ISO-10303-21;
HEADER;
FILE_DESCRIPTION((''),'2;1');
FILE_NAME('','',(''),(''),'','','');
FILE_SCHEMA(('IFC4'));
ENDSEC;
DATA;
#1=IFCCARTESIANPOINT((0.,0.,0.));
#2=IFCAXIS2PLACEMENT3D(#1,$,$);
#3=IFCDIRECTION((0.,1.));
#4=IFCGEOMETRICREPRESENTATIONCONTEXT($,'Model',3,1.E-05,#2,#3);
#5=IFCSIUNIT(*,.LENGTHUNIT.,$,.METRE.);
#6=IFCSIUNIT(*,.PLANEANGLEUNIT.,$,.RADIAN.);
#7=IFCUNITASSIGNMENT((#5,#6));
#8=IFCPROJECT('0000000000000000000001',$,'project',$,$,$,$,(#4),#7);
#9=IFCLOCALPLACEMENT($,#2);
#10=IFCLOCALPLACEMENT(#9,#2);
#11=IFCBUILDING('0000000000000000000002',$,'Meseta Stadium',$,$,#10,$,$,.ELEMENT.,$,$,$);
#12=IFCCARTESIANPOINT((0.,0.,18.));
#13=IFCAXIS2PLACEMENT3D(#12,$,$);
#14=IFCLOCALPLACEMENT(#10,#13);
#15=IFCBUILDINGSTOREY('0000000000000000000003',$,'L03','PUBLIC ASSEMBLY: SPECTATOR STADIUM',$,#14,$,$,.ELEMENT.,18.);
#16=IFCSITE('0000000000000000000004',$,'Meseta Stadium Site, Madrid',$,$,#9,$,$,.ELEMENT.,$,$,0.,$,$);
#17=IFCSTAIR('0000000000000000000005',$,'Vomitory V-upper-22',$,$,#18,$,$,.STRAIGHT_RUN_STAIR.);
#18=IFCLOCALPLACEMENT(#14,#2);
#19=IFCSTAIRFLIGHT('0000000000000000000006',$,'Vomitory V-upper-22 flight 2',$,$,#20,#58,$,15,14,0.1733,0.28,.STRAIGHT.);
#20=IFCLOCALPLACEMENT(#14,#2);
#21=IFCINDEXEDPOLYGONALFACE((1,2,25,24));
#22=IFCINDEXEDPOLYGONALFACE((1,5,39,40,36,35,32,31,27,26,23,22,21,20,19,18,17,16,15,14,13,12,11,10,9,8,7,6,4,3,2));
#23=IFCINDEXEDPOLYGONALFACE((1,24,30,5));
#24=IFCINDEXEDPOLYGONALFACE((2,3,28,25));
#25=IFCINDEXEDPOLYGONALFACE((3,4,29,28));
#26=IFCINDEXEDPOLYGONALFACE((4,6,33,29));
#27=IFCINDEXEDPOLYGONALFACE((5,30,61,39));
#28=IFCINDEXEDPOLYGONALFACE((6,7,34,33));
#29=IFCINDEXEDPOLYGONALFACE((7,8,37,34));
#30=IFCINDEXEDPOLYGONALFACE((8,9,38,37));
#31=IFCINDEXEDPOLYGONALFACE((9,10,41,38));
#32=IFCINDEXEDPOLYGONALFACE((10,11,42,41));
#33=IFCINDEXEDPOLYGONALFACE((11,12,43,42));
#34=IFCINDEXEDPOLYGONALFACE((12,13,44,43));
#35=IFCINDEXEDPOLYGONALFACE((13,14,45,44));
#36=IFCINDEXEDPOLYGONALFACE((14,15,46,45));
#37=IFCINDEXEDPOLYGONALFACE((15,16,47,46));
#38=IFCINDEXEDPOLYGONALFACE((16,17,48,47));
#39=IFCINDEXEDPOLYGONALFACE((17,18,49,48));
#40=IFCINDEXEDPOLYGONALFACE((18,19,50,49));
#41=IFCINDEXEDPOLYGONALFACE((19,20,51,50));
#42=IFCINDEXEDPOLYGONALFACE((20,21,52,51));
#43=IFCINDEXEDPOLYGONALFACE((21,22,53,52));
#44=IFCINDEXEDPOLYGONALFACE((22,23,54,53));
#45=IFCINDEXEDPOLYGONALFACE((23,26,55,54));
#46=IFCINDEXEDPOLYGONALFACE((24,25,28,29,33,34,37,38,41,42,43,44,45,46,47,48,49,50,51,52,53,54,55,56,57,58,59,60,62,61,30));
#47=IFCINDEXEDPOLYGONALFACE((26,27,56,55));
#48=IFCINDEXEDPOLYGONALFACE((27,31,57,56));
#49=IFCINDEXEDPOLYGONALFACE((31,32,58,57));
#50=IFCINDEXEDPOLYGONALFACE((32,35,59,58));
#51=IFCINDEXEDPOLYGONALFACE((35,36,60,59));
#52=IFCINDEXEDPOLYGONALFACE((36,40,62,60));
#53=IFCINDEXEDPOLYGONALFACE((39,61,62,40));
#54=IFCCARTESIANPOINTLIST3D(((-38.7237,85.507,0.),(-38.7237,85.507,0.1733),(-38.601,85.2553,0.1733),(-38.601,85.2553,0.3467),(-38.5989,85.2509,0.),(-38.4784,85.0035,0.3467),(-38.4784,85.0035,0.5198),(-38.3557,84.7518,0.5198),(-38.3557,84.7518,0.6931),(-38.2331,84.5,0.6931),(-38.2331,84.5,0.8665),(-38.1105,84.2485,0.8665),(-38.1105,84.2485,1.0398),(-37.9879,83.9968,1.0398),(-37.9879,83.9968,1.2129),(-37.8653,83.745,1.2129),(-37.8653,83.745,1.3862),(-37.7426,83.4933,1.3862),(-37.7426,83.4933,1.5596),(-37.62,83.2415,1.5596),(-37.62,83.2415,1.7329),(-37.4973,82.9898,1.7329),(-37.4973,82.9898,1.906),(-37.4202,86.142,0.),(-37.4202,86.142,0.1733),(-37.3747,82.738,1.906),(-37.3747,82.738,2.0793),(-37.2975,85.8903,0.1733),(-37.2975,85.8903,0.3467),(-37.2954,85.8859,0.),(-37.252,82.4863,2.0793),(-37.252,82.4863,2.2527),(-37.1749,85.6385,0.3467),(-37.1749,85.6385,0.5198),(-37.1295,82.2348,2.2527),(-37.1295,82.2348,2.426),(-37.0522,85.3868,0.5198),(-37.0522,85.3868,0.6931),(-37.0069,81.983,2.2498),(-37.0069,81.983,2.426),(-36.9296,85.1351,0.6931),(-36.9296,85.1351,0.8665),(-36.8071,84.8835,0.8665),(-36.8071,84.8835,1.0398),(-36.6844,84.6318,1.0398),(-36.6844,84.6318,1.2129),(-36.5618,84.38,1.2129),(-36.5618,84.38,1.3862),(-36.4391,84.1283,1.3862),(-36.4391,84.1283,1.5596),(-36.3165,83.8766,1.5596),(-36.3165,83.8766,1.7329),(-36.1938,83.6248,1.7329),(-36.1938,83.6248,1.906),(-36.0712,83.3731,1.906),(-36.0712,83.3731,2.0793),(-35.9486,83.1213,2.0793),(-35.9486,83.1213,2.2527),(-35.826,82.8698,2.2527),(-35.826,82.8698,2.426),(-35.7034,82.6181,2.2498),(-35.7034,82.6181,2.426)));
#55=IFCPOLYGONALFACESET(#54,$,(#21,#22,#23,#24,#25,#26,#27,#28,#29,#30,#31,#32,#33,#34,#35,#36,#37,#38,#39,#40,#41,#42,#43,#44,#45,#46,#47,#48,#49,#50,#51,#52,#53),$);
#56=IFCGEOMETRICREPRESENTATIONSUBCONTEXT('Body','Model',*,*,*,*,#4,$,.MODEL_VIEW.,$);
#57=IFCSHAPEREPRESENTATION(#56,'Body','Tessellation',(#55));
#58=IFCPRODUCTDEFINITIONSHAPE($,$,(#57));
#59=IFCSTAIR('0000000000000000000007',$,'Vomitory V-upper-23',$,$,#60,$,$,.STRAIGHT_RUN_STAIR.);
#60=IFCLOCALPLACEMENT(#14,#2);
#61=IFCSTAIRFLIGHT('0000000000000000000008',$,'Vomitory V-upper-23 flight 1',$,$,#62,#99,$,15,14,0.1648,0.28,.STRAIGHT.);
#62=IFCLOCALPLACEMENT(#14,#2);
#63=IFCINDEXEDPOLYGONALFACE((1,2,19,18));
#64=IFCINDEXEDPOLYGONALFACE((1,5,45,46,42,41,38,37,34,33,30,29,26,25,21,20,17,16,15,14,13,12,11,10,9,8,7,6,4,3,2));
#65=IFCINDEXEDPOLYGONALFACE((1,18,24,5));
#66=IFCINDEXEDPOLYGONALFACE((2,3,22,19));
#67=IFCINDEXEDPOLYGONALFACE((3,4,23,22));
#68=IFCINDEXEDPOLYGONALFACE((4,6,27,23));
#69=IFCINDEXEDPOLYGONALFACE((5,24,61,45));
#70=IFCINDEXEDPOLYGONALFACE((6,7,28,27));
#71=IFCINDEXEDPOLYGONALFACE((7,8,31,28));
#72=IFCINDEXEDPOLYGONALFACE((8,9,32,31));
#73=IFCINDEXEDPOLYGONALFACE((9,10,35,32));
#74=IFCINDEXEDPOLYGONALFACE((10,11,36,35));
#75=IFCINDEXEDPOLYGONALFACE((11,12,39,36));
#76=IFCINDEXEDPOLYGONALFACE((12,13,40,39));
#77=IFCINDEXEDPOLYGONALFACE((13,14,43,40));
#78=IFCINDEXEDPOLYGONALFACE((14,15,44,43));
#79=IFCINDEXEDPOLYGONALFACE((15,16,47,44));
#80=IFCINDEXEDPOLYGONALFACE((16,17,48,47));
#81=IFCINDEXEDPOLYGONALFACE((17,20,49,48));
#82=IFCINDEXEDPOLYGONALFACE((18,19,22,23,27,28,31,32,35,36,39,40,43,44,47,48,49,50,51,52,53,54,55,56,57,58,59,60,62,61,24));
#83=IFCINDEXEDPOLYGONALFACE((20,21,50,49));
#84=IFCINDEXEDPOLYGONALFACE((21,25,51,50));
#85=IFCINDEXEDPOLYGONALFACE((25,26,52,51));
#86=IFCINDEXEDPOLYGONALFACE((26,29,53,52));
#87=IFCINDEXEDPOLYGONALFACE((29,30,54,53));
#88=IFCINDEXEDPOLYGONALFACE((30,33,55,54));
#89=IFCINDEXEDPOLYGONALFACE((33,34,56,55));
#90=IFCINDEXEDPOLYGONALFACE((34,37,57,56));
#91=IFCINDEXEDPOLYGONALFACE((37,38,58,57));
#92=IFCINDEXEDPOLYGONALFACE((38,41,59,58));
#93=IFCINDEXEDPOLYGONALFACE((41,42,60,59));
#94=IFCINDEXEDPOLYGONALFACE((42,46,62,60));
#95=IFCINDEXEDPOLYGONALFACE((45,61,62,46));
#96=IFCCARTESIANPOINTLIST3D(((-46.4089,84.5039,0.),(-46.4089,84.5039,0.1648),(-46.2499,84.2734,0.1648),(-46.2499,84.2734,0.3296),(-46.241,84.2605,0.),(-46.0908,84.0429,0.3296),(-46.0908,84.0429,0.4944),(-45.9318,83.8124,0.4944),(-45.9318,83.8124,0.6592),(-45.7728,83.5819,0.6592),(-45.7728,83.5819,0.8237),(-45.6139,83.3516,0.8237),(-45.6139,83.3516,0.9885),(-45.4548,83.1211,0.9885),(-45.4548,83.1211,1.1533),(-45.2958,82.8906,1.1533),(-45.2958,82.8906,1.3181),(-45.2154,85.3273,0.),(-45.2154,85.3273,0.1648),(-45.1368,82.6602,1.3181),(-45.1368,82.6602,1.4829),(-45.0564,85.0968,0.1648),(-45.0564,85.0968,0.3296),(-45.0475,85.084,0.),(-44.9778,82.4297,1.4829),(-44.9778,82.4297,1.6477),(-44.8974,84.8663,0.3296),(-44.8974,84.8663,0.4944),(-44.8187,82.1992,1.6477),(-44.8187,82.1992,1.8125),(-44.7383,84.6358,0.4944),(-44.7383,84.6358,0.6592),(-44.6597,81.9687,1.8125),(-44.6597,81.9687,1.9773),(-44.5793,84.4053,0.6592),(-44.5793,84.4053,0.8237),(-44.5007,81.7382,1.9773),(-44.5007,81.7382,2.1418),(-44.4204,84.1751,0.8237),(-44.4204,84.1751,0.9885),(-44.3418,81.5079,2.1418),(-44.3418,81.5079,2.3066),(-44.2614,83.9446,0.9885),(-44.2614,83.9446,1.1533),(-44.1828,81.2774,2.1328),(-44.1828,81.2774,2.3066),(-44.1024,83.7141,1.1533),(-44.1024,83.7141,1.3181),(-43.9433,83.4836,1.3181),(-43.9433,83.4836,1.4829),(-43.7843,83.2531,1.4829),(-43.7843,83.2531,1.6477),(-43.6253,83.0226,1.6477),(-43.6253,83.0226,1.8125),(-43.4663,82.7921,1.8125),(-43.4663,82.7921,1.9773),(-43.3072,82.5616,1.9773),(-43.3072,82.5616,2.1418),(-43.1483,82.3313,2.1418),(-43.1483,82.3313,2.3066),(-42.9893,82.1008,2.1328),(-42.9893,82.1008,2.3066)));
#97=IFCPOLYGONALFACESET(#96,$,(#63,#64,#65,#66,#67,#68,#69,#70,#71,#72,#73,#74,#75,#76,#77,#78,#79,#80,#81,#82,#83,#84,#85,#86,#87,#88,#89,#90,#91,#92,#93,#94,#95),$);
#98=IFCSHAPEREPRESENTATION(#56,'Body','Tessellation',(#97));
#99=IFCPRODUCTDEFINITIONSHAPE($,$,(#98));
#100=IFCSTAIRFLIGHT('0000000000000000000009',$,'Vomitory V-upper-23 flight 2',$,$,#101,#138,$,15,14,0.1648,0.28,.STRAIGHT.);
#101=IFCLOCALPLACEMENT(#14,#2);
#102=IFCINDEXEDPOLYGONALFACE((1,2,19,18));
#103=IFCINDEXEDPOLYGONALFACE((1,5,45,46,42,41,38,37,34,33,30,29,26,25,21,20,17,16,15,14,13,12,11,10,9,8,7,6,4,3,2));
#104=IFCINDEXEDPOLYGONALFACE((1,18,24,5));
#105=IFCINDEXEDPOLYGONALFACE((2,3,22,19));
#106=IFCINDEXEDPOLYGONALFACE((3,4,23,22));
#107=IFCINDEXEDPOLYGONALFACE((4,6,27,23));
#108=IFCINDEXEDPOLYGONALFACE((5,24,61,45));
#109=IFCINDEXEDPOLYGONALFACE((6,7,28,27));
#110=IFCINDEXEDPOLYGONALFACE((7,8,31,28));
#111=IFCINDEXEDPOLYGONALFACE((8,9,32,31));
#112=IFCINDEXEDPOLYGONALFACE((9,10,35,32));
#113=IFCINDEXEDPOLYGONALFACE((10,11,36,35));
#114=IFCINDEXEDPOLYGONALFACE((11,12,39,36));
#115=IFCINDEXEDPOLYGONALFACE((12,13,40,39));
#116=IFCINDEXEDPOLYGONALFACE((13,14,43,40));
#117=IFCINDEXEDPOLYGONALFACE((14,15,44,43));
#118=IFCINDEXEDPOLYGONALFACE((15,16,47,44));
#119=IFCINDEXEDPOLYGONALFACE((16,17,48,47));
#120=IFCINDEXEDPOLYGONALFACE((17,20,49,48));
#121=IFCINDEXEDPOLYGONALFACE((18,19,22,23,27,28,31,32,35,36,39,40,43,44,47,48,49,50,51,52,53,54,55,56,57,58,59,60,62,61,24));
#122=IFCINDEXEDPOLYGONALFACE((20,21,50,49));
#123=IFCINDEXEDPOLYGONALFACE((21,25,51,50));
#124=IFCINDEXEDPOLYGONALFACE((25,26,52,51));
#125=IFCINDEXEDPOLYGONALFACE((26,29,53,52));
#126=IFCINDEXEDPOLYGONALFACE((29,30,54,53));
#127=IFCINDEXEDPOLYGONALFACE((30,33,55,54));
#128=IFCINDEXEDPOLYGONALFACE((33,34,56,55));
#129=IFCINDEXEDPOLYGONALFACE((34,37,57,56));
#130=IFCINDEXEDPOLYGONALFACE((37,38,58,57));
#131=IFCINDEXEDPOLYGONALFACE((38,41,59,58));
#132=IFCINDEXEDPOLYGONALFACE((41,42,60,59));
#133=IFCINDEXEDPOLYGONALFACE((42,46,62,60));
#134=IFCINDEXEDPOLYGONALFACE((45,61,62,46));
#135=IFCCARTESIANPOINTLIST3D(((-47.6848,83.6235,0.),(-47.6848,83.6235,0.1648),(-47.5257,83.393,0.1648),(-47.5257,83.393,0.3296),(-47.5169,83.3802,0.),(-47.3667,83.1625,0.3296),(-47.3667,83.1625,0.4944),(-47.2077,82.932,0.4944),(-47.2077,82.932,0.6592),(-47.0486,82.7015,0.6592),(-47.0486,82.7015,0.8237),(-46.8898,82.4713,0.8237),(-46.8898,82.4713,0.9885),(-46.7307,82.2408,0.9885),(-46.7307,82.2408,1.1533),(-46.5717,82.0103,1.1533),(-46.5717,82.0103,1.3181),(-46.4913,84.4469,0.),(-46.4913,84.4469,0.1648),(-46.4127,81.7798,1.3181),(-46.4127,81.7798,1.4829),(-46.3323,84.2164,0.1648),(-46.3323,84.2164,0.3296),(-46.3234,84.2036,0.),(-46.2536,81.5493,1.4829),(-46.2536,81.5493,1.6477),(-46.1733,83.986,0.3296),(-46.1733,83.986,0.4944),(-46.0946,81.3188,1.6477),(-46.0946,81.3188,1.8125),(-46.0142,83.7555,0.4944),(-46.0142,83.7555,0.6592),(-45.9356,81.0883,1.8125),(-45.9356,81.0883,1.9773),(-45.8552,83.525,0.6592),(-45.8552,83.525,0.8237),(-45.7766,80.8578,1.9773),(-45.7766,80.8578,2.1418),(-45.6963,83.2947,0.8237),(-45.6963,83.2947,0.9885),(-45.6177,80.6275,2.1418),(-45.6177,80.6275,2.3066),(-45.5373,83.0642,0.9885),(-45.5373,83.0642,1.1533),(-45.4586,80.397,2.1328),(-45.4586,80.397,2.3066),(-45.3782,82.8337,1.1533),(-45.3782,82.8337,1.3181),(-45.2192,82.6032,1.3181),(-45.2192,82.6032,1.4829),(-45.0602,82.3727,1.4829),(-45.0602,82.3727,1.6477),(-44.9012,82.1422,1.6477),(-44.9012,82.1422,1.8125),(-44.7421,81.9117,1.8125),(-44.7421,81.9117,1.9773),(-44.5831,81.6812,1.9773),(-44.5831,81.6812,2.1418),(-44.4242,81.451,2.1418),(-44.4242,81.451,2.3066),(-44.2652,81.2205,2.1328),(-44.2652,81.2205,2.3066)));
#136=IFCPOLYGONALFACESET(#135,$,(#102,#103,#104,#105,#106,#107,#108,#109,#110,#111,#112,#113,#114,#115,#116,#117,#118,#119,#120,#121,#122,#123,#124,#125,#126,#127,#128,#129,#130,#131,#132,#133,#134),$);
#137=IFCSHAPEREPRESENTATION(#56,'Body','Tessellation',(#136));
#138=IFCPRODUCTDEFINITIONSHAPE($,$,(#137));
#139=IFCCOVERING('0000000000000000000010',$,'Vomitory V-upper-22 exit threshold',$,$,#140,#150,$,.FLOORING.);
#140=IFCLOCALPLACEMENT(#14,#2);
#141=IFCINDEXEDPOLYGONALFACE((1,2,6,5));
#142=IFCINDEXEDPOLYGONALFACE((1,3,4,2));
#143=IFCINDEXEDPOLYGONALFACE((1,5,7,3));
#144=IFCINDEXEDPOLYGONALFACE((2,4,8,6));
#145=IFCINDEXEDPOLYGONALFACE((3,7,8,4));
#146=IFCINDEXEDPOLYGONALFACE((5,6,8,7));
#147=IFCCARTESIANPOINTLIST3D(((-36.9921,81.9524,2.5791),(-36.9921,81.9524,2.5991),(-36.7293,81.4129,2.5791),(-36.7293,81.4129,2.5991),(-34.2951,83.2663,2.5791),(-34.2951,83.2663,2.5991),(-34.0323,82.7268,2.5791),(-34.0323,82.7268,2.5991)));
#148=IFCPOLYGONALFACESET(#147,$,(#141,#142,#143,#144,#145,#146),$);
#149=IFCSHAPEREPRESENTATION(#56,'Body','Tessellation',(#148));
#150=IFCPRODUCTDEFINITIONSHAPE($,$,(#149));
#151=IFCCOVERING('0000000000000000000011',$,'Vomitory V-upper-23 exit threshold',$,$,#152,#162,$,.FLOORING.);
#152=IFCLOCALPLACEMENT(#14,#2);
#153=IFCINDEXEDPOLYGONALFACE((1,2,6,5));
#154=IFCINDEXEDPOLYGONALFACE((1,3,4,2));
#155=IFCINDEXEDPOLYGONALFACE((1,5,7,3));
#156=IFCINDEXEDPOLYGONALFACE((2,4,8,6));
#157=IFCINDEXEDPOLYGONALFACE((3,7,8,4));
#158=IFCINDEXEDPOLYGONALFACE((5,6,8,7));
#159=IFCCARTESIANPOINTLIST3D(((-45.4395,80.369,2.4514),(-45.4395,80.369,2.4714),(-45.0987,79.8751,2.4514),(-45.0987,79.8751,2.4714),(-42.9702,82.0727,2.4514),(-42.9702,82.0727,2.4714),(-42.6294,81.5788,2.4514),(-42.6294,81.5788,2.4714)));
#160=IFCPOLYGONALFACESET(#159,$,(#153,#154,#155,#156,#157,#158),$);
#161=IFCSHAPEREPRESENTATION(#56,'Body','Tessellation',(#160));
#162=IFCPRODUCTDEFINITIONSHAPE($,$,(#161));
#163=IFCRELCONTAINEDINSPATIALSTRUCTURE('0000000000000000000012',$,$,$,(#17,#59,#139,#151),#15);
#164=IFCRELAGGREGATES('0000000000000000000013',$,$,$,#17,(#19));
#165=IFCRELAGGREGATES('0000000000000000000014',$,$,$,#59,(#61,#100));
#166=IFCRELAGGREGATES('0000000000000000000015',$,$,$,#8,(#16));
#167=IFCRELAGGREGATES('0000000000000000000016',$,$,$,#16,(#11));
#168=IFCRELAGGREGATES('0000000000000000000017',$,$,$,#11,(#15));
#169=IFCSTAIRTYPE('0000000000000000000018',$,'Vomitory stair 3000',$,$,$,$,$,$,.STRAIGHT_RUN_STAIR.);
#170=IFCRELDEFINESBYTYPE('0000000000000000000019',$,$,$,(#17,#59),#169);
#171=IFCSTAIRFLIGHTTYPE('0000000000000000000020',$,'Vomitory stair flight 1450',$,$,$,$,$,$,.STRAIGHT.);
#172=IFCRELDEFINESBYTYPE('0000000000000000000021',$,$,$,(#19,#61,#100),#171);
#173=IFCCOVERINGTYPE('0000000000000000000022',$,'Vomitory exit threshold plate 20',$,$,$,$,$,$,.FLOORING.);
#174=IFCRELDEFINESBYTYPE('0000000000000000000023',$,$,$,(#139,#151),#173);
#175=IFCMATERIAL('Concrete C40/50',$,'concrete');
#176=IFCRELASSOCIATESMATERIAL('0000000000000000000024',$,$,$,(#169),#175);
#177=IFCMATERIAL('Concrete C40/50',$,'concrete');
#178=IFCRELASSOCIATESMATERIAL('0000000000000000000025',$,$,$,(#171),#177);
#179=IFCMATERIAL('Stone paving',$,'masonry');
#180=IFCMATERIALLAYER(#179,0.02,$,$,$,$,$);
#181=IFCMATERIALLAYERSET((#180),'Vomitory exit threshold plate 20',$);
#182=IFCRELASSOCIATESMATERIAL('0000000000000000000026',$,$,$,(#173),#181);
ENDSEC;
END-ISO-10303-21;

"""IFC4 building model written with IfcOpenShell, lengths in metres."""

from ifc_helpers import new_model, si_unit, direction, frame, origin, origin_2d, place, context, subcontext, project, spatial, polyline, rectangle, outline, extrude, material, layer, layer_set, type_object, element, aggregate, save


model = new_model("IFC4")

# Units and contexts
model_context = context("Model", 3, precision=1e-05, world=origin(), true_north=direction((0.0, 1.0)))
body_context = subcontext(model_context, "Body", "Model", "MODEL_VIEW")
ifc_project = project(units=[si_unit("LENGTHUNIT", "METRE"), si_unit("PLANEANGLEUNIT", "RADIAN")], contexts=[model_context])

# Site, building, storey
site_placement = place(None, origin())
site = spatial("IfcSite", under=ifc_project, at=site_placement, Name="Meseta Stadium Site, Madrid", CompositionType="ELEMENT", RefElevation=0.0)
building_placement = place(site_placement, origin())
building = spatial("IfcBuilding", under=site, at=building_placement, Name="Meseta Stadium", CompositionType="ELEMENT")
storey_placement = place(building_placement, frame((0.0, 0.0, 18.0)))
storey = spatial("IfcBuildingStorey", under=building, at=storey_placement, Name="L03", Description="PUBLIC ASSEMBLY: SPECTATOR STADIUM", CompositionType="ELEMENT", Elevation=18.0)

# Stair, stair flight
ifc_material_1 = material(Name="Concrete C40/50", Category="concrete")
stair_type = type_object("IfcStairType", Name="Vomitory stair 3000", PredefinedType="STRAIGHT_RUN_STAIR", material=ifc_material_1)
stair_1_placement = place(storey_placement, origin())
stair_1 = element("IfcStair", 1, at=stair_1_placement, inside=storey, type_object=stair_type, Name="Vomitory V-upper-22", PredefinedType="STRAIGHT_RUN_STAIR")
ifc_material_2 = material(Name="Concrete C40/50", Category="concrete")
stair_flight_type = type_object("IfcStairFlightType", Name="Vomitory stair flight 1450", PredefinedType="STRAIGHT", material=ifc_material_2)
stair_flight_1_placement = place(storey_placement, frame((-38.072, 85.8245, 0.0), z_axis=(0.0, 0.0, 1.0), x_axis=(0.437966, -0.898991, 0.0)))
stair_flight_1 = element("IfcStairFlight", 2, at=stair_flight_1_placement, type_object=stair_flight_type, Name="Vomitory V-upper-22 flight 2", NumberOfRisers=15, NumberOfTreads=14, PredefinedType="STRAIGHT", RiserHeight=0.1733, TreadLength=0.28, context=body_context, shape_type="SweptSolid", body=[
    extrude(outline(polyline([(0.0, 0.0), (0.0, 0.1733), (0.28, 0.1733), (0.28, 0.3467), (0.5601, 0.3467), (0.5601, 0.5198), (0.8401, 0.5198), (0.8401, 0.6931), (1.1201, 0.6931), (1.1201, 0.8665), (1.3999, 0.8665), (1.3999, 1.0398), (1.6799, 1.0398), (1.6799, 1.2129), (1.96, 1.2129), (1.96, 1.3862), (2.24, 1.3862), (2.24, 1.5596), (2.52, 1.5596), (2.52, 1.7329), (2.8, 1.7329), (2.8, 1.906), (3.0801, 1.906), (3.0801, 2.0793), (3.3601, 2.0793), (3.3601, 2.2527), (3.6399, 2.2527), (3.6399, 2.426), (3.9199, 2.426), (3.9199, 2.2498), (0.2849, 0.0), (0.0, 0.0)])), frame((0.0, 0.7251, 0.0), z_axis=(0.0, -1.0, 0.0), x_axis=(1.0, 0.0, 0.0)), (0.0, 0.0, 1.0), 1.45),
])
aggregate(stair_1, [stair_flight_1])

# Stair, stair flights
stair_2_placement = place(storey_placement, origin())
stair_2 = element("IfcStair", 3, at=stair_2_placement, inside=storey, type_object=stair_type, Name="Vomitory V-upper-23", PredefinedType="STRAIGHT_RUN_STAIR")
stair_flight_2_placement = place(storey_placement, frame((-45.8123, 84.9155, 0.0), z_axis=(0.0, 0.0, 1.0), x_axis=(0.5679, -0.823098, 0.0)))
stair_flight_2 = element("IfcStairFlight", 4, at=stair_flight_2_placement, type_object=stair_flight_type, Name="Vomitory V-upper-23 flight 1", NumberOfRisers=15, NumberOfTreads=14, PredefinedType="STRAIGHT", RiserHeight=0.1648, TreadLength=0.28, context=body_context, shape_type="SweptSolid", body=[
    extrude(outline(polyline([(0.0, 0.0), (0.0, 0.1648), (0.28, 0.1648), (0.28, 0.3296), (0.5601, 0.3296), (0.5601, 0.4944), (0.8401, 0.4944), (0.8401, 0.6592), (1.1201, 0.6592), (1.1201, 0.8237), (1.3999, 0.8237), (1.3999, 0.9885), (1.6799, 0.9885), (1.6799, 1.1533), (1.96, 1.1533), (1.96, 1.3181), (2.24, 1.3181), (2.24, 1.4829), (2.52, 1.4829), (2.52, 1.6477), (2.8, 1.6477), (2.8, 1.8125), (3.0801, 1.8125), (3.0801, 1.9773), (3.3601, 1.9773), (3.3601, 2.1418), (3.6399, 2.1418), (3.6399, 2.3066), (3.9199, 2.3066), (3.9199, 2.1328), (0.2957, 0.0), (0.0, 0.0)])), frame((0.0, 0.7251, 0.0), z_axis=(0.0, -1.0, 0.0), x_axis=(1.0, 0.0, 0.0)), (0.0, 0.0, 1.0), 1.45),
])
stair_flight_3_placement = place(storey_placement, frame((-47.0881, 84.0352, 0.0), z_axis=(0.0, 0.0, 1.0), x_axis=(0.5679, -0.823098, 0.0)))
stair_flight_3 = element("IfcStairFlight", 5, at=stair_flight_3_placement, type_object=stair_flight_type, Name="Vomitory V-upper-23 flight 2", NumberOfRisers=15, NumberOfTreads=14, PredefinedType="STRAIGHT", RiserHeight=0.1648, TreadLength=0.28, context=body_context, shape_type="SweptSolid", body=[
    extrude(outline(polyline([(0.0, 0.0), (0.0, 0.1648), (0.28, 0.1648), (0.28, 0.3296), (0.5601, 0.3296), (0.5601, 0.4944), (0.8401, 0.4944), (0.8401, 0.6592), (1.1201, 0.6592), (1.1201, 0.8237), (1.3999, 0.8237), (1.3999, 0.9885), (1.6799, 0.9885), (1.6799, 1.1533), (1.96, 1.1533), (1.96, 1.3181), (2.24, 1.3181), (2.24, 1.4829), (2.52, 1.4829), (2.52, 1.6477), (2.8, 1.6477), (2.8, 1.8125), (3.0801, 1.8125), (3.0801, 1.9773), (3.3601, 1.9773), (3.3601, 2.1418), (3.6399, 2.1418), (3.6399, 2.3066), (3.9199, 2.3066), (3.9199, 2.1328), (0.2957, 0.0), (0.0, 0.0)])), frame((0.0, 0.7251, 0.0), z_axis=(0.0, -1.0, 0.0), x_axis=(1.0, 0.0, 0.0)), (0.0, 0.0, 1.0), 1.45),
])
aggregate(stair_2, [stair_flight_2, stair_flight_3])

# Coverings
ifc_material_3 = material(Name="Stone paving", Category="masonry")
ifc_layer_1 = layer(ifc_material_3, 0.02)
ifc_layer_set_1 = layer_set([ifc_layer_1], Name="Vomitory exit threshold plate 20")
covering_type = type_object("IfcCoveringType", Name="Vomitory exit threshold plate 20", PredefinedType="FLOORING", material=ifc_layer_set_1)
for number, where, z_axis, x_axis, name in (
    (6, (-35.5122, 82.3396, 2.5791), (0.0, 0.0, 1.0), (0.437966, -0.898991, 0.0), "Vomitory V-upper-22 exit threshold"),
    (7, (-44.0344, 80.9739, 2.4514), (0.0, 0.0, 1.0), (0.5679, -0.823098, 0.0), "Vomitory V-upper-23 exit threshold"),
):
    element("IfcCovering", number, at=place(storey_placement, frame(where, z_axis=z_axis, x_axis=x_axis)), inside=storey, type_object=covering_type, Name=name, PredefinedType="FLOORING", context=body_context, shape_type="SweptSolid", body=[
        extrude(rectangle(XDim=0.6001, YDim=3.0, at=origin_2d()), origin(), (0.0, 0.0, 1.0), 0.02),
    ])

save(model, "model.ifc")
